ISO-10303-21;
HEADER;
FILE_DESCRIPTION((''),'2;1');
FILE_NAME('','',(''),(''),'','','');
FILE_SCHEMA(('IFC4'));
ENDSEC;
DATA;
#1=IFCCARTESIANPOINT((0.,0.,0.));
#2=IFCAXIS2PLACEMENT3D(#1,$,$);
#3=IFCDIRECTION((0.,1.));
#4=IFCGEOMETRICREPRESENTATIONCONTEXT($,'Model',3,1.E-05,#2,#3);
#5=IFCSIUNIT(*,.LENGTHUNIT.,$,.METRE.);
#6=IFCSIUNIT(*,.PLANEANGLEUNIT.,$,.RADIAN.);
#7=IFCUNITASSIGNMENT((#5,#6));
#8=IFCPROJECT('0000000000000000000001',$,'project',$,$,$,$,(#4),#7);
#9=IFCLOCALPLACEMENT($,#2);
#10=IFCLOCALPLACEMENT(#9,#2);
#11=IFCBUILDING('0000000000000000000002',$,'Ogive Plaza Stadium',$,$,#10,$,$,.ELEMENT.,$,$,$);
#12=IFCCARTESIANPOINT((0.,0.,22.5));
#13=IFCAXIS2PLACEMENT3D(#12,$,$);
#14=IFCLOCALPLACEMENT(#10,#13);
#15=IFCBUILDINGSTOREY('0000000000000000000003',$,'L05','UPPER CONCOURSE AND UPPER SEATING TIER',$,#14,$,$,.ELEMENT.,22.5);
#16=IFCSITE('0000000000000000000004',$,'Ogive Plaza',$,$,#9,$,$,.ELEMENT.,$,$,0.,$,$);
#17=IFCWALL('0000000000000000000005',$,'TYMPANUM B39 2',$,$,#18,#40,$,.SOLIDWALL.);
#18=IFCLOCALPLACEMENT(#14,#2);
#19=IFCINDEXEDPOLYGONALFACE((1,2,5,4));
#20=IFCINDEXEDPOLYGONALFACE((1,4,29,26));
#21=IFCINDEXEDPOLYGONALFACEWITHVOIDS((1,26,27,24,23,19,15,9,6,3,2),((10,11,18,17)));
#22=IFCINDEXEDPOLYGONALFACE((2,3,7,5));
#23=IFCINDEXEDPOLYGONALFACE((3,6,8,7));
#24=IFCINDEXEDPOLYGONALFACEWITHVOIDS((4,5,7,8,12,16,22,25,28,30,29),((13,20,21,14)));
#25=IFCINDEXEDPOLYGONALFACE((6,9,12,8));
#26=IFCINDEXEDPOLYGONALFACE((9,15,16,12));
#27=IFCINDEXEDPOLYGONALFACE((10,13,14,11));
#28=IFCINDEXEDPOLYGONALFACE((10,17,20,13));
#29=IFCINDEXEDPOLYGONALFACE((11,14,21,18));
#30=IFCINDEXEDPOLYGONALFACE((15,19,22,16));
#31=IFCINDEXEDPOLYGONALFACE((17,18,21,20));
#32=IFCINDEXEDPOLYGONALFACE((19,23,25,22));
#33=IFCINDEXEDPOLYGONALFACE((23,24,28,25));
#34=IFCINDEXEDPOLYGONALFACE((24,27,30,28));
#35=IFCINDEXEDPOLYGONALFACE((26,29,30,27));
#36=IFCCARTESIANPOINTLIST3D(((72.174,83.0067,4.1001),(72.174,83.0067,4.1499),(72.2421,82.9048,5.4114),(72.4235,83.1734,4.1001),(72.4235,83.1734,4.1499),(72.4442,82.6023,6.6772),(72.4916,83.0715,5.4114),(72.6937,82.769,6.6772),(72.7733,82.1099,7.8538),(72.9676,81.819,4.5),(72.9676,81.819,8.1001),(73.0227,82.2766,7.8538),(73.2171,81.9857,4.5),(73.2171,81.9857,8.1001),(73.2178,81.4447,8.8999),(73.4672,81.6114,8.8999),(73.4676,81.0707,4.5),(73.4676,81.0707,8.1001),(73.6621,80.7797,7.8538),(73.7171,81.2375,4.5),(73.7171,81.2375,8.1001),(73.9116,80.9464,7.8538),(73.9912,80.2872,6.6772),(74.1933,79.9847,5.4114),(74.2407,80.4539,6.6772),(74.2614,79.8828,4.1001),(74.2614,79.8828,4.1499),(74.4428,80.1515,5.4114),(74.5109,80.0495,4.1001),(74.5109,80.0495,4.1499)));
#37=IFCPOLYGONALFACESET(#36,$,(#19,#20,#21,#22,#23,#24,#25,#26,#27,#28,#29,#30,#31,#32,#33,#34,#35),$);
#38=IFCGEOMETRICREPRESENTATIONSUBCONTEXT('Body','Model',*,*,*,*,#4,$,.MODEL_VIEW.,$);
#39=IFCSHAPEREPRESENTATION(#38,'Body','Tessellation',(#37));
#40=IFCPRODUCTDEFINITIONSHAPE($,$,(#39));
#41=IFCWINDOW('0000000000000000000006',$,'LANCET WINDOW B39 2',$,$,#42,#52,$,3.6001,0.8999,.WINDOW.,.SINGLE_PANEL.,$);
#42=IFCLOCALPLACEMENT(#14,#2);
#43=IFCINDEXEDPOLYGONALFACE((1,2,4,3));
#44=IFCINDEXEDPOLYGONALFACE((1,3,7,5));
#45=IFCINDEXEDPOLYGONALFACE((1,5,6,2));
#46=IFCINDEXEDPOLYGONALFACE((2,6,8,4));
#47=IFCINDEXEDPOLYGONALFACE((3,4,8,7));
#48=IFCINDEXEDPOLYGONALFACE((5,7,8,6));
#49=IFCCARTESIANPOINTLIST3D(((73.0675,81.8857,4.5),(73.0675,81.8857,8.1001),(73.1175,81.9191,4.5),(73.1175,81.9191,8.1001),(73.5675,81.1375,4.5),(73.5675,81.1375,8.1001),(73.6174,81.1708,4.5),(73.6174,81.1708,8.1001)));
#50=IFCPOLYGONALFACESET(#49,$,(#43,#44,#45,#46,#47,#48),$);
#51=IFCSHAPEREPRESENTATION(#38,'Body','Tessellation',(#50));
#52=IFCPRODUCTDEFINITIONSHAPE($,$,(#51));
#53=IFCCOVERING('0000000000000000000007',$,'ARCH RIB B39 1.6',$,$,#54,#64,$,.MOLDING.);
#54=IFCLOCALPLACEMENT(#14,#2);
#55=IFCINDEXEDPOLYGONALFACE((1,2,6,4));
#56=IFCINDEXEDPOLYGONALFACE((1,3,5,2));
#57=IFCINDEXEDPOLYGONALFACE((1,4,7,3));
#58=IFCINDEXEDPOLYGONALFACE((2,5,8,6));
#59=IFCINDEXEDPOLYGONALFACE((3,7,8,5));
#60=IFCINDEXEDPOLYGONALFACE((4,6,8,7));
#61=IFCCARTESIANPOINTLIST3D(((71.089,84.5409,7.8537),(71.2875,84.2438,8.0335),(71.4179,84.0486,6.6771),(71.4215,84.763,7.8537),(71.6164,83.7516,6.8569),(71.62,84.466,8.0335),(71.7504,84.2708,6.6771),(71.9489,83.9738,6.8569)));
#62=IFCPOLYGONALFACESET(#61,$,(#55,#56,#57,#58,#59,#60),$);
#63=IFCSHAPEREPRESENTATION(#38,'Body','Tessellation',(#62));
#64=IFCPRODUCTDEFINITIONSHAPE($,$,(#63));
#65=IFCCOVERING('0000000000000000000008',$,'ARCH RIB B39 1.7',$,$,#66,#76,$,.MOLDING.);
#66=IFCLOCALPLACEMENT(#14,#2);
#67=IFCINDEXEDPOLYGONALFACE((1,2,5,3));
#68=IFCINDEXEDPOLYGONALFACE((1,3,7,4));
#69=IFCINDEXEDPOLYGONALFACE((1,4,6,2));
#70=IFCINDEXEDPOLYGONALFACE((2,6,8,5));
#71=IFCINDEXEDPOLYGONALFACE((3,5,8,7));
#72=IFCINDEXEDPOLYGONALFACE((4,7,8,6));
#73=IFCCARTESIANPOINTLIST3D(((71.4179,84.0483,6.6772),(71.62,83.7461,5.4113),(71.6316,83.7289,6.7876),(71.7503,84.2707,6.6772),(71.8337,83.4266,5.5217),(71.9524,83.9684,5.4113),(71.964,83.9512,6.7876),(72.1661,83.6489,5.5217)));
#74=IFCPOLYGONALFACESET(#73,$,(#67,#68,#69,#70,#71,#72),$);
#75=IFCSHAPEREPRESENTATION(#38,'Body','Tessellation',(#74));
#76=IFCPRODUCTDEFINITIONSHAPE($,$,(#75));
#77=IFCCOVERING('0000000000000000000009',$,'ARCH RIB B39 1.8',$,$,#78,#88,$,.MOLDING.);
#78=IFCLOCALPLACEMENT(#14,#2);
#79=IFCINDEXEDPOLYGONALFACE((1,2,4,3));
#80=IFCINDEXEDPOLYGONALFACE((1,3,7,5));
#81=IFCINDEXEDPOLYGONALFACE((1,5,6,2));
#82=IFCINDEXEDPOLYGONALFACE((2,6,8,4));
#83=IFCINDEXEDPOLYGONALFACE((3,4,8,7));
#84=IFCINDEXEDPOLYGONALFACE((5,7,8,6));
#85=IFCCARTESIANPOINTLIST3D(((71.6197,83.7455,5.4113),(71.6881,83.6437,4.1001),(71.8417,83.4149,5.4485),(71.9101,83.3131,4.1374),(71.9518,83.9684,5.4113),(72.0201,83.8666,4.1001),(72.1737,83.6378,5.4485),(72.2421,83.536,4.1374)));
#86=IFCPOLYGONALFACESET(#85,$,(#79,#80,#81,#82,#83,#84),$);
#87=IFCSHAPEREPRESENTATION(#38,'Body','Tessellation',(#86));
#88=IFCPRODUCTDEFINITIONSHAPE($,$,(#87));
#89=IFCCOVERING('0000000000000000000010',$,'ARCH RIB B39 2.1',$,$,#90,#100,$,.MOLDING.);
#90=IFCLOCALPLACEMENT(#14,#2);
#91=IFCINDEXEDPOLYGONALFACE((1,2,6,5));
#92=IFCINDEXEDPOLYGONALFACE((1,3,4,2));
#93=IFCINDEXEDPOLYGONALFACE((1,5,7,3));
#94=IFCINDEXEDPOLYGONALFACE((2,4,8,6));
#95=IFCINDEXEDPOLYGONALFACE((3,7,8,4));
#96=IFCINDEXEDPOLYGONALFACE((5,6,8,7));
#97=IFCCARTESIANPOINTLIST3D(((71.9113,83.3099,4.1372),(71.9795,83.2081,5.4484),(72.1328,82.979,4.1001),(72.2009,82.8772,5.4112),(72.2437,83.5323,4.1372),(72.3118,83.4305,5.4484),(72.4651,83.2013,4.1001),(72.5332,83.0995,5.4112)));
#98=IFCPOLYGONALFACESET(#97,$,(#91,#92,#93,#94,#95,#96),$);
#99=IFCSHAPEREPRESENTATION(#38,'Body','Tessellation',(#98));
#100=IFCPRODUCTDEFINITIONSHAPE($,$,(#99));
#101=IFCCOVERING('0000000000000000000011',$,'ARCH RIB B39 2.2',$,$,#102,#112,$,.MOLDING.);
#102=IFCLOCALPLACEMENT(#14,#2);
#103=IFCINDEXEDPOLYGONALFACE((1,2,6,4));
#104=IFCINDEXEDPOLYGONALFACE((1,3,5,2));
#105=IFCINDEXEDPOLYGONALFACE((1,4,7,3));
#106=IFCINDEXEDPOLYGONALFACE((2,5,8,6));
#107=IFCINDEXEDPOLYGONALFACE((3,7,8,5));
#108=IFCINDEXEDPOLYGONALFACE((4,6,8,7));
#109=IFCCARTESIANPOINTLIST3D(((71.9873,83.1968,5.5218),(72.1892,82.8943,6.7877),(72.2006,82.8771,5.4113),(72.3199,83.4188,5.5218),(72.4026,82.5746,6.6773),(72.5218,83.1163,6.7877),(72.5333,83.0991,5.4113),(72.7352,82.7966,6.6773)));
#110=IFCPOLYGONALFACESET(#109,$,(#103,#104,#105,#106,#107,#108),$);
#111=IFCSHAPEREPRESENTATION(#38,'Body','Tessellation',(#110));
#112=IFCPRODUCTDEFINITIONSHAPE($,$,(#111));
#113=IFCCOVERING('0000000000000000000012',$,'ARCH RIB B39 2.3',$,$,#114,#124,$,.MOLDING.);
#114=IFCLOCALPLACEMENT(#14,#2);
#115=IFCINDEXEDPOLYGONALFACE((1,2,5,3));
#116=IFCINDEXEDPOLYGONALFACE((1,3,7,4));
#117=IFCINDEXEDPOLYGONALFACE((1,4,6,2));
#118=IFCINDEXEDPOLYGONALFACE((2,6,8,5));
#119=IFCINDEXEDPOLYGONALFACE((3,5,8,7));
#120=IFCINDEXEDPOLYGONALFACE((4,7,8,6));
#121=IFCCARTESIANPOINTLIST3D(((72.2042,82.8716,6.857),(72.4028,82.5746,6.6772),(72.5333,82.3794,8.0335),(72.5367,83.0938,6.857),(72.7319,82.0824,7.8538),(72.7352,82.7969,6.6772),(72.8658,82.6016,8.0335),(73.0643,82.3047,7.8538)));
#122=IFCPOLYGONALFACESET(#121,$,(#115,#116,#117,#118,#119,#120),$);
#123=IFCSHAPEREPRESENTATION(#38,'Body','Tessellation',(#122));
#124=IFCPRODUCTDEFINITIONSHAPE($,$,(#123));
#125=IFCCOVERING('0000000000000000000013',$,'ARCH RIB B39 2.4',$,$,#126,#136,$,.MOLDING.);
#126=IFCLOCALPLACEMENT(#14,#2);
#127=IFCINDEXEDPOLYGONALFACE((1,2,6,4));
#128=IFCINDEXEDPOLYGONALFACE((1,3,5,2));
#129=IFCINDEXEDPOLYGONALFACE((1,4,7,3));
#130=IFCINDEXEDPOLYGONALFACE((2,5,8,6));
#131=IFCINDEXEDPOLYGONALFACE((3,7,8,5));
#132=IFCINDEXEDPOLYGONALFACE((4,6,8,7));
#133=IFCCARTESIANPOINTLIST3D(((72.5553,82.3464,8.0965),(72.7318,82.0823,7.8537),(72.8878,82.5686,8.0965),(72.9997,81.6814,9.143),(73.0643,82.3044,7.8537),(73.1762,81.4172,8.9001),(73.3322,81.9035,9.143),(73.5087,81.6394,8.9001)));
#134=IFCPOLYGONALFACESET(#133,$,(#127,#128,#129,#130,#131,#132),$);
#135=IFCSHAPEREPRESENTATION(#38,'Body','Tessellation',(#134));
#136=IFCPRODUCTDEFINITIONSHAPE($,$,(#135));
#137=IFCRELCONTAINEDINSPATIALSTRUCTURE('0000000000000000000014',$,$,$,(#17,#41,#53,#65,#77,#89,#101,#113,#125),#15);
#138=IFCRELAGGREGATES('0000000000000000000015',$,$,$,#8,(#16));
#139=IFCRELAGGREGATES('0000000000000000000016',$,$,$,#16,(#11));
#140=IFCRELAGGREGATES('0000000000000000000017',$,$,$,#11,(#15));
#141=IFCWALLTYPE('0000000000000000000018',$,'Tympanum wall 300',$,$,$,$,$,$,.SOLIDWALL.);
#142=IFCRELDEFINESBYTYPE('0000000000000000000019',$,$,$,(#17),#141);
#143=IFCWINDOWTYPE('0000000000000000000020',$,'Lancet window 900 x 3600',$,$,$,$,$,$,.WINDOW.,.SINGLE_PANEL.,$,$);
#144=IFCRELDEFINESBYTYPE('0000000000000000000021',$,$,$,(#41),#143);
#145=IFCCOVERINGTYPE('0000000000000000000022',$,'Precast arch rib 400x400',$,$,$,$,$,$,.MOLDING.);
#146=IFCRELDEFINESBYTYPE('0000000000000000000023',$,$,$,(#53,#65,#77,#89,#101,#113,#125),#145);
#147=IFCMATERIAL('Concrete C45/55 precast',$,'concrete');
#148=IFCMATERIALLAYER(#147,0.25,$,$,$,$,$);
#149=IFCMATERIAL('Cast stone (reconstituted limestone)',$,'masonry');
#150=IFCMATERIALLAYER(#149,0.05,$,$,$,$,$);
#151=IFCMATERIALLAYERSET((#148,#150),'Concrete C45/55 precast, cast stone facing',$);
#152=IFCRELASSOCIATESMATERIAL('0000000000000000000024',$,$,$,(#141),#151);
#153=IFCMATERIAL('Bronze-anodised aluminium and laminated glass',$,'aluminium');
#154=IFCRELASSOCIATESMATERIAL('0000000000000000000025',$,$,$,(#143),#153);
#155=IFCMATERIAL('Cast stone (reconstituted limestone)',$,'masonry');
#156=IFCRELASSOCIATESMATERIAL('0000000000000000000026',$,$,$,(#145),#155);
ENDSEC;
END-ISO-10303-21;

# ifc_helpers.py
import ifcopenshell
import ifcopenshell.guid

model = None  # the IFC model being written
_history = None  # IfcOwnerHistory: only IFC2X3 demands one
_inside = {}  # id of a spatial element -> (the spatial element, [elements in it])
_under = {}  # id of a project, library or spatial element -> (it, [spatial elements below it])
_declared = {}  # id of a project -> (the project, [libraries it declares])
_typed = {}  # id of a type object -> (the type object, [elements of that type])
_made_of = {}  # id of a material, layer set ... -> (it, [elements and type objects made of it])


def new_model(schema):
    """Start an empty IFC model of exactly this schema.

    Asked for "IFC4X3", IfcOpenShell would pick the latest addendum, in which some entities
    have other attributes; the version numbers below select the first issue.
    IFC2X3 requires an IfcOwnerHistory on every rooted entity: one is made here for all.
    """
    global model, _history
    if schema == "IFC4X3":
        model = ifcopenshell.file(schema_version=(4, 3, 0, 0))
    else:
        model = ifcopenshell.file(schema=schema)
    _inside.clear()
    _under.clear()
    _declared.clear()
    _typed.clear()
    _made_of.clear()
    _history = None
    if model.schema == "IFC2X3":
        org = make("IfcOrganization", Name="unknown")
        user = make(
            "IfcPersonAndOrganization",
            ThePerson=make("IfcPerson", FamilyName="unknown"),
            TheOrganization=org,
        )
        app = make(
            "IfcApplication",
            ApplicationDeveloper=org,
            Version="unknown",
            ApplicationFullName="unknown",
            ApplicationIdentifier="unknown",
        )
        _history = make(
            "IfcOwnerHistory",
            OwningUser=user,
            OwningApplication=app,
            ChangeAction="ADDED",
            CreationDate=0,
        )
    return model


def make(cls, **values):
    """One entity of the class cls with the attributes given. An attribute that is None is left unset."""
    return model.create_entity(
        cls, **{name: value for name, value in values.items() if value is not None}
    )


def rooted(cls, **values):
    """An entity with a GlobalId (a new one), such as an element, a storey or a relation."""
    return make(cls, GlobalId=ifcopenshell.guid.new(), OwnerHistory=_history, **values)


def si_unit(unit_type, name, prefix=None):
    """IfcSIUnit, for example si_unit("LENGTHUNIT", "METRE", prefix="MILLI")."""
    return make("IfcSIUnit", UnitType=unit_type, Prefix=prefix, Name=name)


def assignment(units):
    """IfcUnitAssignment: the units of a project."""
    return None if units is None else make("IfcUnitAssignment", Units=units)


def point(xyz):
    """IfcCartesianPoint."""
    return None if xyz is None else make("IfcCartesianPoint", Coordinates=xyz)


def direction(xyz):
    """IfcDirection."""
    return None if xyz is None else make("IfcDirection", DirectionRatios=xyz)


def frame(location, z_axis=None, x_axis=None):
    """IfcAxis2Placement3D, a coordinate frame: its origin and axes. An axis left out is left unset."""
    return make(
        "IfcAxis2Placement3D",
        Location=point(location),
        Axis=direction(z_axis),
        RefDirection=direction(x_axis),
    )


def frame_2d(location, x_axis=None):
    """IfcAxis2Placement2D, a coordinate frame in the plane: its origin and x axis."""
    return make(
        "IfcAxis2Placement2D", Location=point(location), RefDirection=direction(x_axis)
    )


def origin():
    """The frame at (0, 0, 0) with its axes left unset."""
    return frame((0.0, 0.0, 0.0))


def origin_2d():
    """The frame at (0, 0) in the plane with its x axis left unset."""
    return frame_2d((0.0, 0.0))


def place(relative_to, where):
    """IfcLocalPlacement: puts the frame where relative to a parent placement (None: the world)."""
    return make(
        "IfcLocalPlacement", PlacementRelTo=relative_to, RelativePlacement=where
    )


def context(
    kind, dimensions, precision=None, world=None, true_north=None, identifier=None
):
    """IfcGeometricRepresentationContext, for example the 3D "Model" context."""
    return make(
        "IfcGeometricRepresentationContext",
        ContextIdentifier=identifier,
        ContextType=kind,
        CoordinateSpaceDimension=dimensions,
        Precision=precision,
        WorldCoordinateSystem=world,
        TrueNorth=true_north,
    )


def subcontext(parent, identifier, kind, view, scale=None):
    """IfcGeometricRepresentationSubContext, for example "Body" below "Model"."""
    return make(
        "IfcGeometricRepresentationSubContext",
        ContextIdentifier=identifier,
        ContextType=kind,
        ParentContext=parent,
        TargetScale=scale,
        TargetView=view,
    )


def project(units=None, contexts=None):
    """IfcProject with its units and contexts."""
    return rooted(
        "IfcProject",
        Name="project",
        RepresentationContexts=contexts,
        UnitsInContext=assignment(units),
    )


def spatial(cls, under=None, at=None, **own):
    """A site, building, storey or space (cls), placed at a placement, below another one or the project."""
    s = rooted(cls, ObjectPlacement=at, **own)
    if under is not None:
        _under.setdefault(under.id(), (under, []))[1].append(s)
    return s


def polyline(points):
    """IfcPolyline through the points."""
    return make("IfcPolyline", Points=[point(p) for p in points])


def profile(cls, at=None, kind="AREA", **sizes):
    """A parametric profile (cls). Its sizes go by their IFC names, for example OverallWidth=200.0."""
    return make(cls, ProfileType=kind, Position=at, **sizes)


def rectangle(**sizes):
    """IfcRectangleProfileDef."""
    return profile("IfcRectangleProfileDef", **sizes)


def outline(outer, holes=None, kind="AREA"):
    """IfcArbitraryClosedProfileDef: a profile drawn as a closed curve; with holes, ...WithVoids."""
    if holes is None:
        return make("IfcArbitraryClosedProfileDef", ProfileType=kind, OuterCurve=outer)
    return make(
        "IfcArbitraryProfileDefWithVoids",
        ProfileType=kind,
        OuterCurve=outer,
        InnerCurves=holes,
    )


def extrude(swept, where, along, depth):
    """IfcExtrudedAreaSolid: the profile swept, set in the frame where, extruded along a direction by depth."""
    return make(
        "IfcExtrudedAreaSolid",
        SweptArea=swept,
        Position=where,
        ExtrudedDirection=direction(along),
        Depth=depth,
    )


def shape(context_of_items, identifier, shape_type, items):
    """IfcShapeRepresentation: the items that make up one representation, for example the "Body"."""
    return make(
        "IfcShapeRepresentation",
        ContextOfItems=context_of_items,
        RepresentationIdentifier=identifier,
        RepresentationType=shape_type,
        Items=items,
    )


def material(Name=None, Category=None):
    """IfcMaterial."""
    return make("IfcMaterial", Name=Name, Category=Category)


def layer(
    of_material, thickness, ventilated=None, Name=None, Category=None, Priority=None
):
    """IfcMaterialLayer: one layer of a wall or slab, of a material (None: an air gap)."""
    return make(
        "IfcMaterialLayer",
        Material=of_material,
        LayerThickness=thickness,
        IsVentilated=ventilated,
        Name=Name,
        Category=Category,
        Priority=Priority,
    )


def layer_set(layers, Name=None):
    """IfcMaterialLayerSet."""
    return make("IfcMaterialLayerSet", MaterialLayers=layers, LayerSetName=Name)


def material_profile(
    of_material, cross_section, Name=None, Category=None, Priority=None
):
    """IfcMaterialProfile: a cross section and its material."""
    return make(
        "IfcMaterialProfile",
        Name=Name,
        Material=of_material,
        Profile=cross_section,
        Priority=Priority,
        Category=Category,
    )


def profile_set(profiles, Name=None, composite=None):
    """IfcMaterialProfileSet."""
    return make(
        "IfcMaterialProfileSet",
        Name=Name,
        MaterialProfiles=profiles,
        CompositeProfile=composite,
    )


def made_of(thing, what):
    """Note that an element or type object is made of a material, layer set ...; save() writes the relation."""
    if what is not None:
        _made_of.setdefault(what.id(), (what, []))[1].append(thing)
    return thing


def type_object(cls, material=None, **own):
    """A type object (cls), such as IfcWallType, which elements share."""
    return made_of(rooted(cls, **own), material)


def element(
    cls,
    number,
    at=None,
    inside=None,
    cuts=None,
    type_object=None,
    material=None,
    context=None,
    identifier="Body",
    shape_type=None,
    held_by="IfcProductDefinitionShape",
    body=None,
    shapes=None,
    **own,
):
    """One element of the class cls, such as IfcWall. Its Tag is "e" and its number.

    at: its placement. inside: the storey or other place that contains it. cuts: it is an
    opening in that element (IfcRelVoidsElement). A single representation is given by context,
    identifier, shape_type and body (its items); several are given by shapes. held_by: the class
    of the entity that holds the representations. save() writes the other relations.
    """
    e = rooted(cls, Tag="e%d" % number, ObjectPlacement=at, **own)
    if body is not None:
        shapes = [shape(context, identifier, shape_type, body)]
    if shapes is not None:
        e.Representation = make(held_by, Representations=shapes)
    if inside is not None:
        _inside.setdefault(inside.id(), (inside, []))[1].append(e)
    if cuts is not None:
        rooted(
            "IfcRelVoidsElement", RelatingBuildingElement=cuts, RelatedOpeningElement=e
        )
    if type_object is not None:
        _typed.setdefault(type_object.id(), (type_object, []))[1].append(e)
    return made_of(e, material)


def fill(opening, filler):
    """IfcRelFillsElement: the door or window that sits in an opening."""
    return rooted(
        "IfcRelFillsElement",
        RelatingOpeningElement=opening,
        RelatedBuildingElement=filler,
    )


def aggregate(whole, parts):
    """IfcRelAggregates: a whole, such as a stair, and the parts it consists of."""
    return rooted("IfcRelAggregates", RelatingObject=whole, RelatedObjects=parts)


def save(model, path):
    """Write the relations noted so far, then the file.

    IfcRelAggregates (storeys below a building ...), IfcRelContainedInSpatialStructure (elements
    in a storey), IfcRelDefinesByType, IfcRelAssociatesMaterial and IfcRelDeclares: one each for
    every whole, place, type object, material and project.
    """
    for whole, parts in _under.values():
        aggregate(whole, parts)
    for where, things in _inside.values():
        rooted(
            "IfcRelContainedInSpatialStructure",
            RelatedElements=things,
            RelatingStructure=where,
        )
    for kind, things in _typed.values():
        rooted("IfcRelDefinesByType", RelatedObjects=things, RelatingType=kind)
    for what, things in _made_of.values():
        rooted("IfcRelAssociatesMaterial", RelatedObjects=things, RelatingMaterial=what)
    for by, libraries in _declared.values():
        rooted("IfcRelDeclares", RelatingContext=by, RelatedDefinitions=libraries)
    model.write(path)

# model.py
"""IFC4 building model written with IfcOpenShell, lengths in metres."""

from ifc_helpers import new_model, si_unit, direction, frame, frame_2d, origin, origin_2d, place, context, subcontext, project, spatial, polyline, rectangle, outline, extrude, material, layer, layer_set, material_profile, profile_set, type_object, element, fill, save


model = new_model("IFC4")

# Units and contexts
model_context = context("Model", 3, precision=1e-05, world=origin(), true_north=direction((0.0, 1.0)))
body_context = subcontext(model_context, "Body", "Model", "MODEL_VIEW")
ifc_project = project(units=[si_unit("LENGTHUNIT", "METRE"), si_unit("PLANEANGLEUNIT", "RADIAN")], contexts=[model_context])

# Site, building, storey
site_placement = place(None, origin())
site = spatial("IfcSite", under=ifc_project, at=site_placement, Name="Ogive Plaza", CompositionType="ELEMENT", RefElevation=0.0)
building_placement = place(site_placement, origin())
building = spatial("IfcBuilding", under=site, at=building_placement, Name="Ogive Plaza Stadium", CompositionType="ELEMENT")
storey_placement = place(building_placement, frame((0.0, 0.0, 22.5)))
storey = spatial("IfcBuildingStorey", under=building, at=storey_placement, Name="L05", Description="UPPER CONCOURSE AND UPPER SEATING TIER", CompositionType="ELEMENT", Elevation=22.5)

# Wall, opening, window
ifc_material_1 = material(Name="Concrete C45/55 precast", Category="concrete")
ifc_layer_1 = layer(ifc_material_1, 0.25)
ifc_material_2 = material(Name="Cast stone (reconstituted limestone)", Category="masonry")
ifc_layer_2 = layer(ifc_material_2, 0.05)
ifc_layer_set_1 = layer_set([ifc_layer_1, ifc_layer_2], Name="Concrete C45/55 precast, cast stone facing")
wall_type = type_object("IfcWallType", Name="Tympanum wall 300", PredefinedType="SOLIDWALL", material=ifc_layer_set_1)
wall_placement = place(storey_placement, frame((72.2988, 83.0901, 4.1001), z_axis=(0.0, 0.0, 1.0), x_axis=(0.5556, -0.83145, 0.0)))
wall = element("IfcWall", 1, at=wall_placement, inside=storey, type_object=wall_type, Name="TYMPANUM B39 2", PredefinedType="SOLIDWALL", context=body_context, shape_type="SweptSolid", body=[
    extrude(outline(polyline([(0.0, 0.0), (3.7571, 0.0), (3.7571, 0.0498), (3.6345, 1.3113), (3.2708, 2.5771), (2.6785, 3.7537), (1.8787, 4.7998), (1.0786, 3.7537), (0.4863, 2.5771), (0.1226, 1.3113), (0.0, 0.0498), (0.0, 0.0)])), frame((0.0, 0.1499, 0.0), z_axis=(0.0, -1.0, 0.0), x_axis=(1.0, 0.0, 0.0)), (0.0, 0.0, 1.0), 0.3),
])
opening_placement = place(wall_placement, frame((1.4285, 0.0, 0.3999)))
opening = element("IfcOpeningElement", 2, at=opening_placement, cuts=wall, PredefinedType="OPENING", context=body_context, shape_type="SweptSolid", body=[
    extrude(rectangle(XDim=0.8999, YDim=3.6001, at=frame_2d((0.45, 1.8))), frame((0.0, 0.1602, 0.0), z_axis=(0.0, -1.0, 0.0), x_axis=(1.0, 0.0, 0.0)), (0.0, 0.0, 1.0), 0.3201),
])
ifc_material_3 = material(Name="Bronze-anodised aluminium and laminated glass", Category="aluminium")
window_type = type_object("IfcWindowType", Name="Lancet window 900 x 3600", PartitioningType="SINGLE_PANEL", PredefinedType="WINDOW", material=ifc_material_3)
window_placement = place(opening_placement, origin())
window = element("IfcWindow", 3, at=window_placement, inside=storey, type_object=window_type, Name="LANCET WINDOW B39 2", OverallHeight=3.6001, OverallWidth=0.8999, PartitioningType="SINGLE_PANEL", PredefinedType="WINDOW", context=body_context, shape_type="SweptSolid", body=[
    extrude(rectangle(XDim=0.8999, YDim=3.6001, at=frame_2d((0.45, 1.8))), frame((0.0, 0.03, 0.0), z_axis=(0.0, -1.0, 0.0), x_axis=(1.0, 0.0, 0.0)), (0.0, 0.0, 1.0), 0.0601),
])
fill(opening, window)

# Coverings
ifc_material_4 = material(Name="Cast stone (reconstituted limestone)", Category="masonry")
ifc_material_profile_1 = material_profile(ifc_material_4, rectangle(XDim=0.3999, YDim=0.3999, at=origin_2d()), Name="Cast stone 400x400")
ifc_profile_set_1 = profile_set([ifc_material_profile_1], Name="Cast stone (reconstituted limestone)")
covering_type = type_object("IfcCoveringType", Name="Precast arch rib 400x400", PredefinedType="MOLDING", material=ifc_profile_set_1)
for number, where, z_axis, x_axis, name in (
    (4, (71.3545, 84.5034, 7.9436), (0.249695, -0.373709, -0.893305), (0.831479, 0.555557, 0.0), "ARCH RIB B39 1.6"),
    (5, (71.6909, 83.9998, 6.7324), (0.153485, -0.229486, -0.961134), (0.831223, 0.555939, 0.0), "ARCH RIB B39 1.7"),
):
    element("IfcCovering", number, at=place(storey_placement, frame(where, z_axis=z_axis, x_axis=x_axis)), inside=storey, type_object=covering_type, Name=name, PredefinedType="MOLDING", context=body_context, shape_type="SweptSolid", body=[
        extrude(rectangle(XDim=0.3999, YDim=0.3999, at=origin_2d()), origin(), (0.0, 0.0, 1.0), 1.3171),
    ])
for number, where, z_axis, x_axis, name in (
    (6, (71.8967, 83.6917, 5.4299), (0.051905, -0.077302, -0.995656), (0.830208, 0.557454, 0.0), "ARCH RIB B39 1.8"),
    (7, (72.1882, 83.2556, 4.1187), (0.05172, -0.077303, 0.995665), (0.831129, 0.556079, 0.0), "ARCH RIB B39 2.1"),
):
    element("IfcCovering", number, at=place(storey_placement, frame(where, z_axis=z_axis, x_axis=x_axis)), inside=storey, type_object=covering_type, Name=name, PredefinedType="MOLDING", context=body_context, shape_type="SweptSolid", body=[
        extrude(rectangle(XDim=0.3999, YDim=0.3999, at=origin_2d()), origin(), (0.0, 0.0, 1.0), 1.3169),
    ])
for number, where, z_axis, x_axis, name in (
    (8, (72.2603, 83.1479, 5.4666), (0.153297, -0.229668, 0.96112), (0.83174, 0.555165, 0.0), "ARCH RIB B39 2.2"),
    (9, (72.4697, 82.8342, 6.7671), (0.249869, -0.373692, 0.893264), (0.831288, 0.555842, 0.0), "ARCH RIB B39 2.3"),
    (10, (72.8098, 82.3254, 7.9751), (0.337371, -0.504944, 0.794489), (0.831486, 0.555545, 0.0), "ARCH RIB B39 2.4"),
):
    element("IfcCovering", number, at=place(storey_placement, frame(where, z_axis=z_axis, x_axis=x_axis)), inside=storey, type_object=covering_type, Name=name, PredefinedType="MOLDING", context=body_context, shape_type="SweptSolid", body=[
        extrude(rectangle(XDim=0.3999, YDim=0.3999, at=origin_2d()), origin(), (0.0, 0.0, 1.0), 1.3171),
    ])

save(model, "model.ifc")
